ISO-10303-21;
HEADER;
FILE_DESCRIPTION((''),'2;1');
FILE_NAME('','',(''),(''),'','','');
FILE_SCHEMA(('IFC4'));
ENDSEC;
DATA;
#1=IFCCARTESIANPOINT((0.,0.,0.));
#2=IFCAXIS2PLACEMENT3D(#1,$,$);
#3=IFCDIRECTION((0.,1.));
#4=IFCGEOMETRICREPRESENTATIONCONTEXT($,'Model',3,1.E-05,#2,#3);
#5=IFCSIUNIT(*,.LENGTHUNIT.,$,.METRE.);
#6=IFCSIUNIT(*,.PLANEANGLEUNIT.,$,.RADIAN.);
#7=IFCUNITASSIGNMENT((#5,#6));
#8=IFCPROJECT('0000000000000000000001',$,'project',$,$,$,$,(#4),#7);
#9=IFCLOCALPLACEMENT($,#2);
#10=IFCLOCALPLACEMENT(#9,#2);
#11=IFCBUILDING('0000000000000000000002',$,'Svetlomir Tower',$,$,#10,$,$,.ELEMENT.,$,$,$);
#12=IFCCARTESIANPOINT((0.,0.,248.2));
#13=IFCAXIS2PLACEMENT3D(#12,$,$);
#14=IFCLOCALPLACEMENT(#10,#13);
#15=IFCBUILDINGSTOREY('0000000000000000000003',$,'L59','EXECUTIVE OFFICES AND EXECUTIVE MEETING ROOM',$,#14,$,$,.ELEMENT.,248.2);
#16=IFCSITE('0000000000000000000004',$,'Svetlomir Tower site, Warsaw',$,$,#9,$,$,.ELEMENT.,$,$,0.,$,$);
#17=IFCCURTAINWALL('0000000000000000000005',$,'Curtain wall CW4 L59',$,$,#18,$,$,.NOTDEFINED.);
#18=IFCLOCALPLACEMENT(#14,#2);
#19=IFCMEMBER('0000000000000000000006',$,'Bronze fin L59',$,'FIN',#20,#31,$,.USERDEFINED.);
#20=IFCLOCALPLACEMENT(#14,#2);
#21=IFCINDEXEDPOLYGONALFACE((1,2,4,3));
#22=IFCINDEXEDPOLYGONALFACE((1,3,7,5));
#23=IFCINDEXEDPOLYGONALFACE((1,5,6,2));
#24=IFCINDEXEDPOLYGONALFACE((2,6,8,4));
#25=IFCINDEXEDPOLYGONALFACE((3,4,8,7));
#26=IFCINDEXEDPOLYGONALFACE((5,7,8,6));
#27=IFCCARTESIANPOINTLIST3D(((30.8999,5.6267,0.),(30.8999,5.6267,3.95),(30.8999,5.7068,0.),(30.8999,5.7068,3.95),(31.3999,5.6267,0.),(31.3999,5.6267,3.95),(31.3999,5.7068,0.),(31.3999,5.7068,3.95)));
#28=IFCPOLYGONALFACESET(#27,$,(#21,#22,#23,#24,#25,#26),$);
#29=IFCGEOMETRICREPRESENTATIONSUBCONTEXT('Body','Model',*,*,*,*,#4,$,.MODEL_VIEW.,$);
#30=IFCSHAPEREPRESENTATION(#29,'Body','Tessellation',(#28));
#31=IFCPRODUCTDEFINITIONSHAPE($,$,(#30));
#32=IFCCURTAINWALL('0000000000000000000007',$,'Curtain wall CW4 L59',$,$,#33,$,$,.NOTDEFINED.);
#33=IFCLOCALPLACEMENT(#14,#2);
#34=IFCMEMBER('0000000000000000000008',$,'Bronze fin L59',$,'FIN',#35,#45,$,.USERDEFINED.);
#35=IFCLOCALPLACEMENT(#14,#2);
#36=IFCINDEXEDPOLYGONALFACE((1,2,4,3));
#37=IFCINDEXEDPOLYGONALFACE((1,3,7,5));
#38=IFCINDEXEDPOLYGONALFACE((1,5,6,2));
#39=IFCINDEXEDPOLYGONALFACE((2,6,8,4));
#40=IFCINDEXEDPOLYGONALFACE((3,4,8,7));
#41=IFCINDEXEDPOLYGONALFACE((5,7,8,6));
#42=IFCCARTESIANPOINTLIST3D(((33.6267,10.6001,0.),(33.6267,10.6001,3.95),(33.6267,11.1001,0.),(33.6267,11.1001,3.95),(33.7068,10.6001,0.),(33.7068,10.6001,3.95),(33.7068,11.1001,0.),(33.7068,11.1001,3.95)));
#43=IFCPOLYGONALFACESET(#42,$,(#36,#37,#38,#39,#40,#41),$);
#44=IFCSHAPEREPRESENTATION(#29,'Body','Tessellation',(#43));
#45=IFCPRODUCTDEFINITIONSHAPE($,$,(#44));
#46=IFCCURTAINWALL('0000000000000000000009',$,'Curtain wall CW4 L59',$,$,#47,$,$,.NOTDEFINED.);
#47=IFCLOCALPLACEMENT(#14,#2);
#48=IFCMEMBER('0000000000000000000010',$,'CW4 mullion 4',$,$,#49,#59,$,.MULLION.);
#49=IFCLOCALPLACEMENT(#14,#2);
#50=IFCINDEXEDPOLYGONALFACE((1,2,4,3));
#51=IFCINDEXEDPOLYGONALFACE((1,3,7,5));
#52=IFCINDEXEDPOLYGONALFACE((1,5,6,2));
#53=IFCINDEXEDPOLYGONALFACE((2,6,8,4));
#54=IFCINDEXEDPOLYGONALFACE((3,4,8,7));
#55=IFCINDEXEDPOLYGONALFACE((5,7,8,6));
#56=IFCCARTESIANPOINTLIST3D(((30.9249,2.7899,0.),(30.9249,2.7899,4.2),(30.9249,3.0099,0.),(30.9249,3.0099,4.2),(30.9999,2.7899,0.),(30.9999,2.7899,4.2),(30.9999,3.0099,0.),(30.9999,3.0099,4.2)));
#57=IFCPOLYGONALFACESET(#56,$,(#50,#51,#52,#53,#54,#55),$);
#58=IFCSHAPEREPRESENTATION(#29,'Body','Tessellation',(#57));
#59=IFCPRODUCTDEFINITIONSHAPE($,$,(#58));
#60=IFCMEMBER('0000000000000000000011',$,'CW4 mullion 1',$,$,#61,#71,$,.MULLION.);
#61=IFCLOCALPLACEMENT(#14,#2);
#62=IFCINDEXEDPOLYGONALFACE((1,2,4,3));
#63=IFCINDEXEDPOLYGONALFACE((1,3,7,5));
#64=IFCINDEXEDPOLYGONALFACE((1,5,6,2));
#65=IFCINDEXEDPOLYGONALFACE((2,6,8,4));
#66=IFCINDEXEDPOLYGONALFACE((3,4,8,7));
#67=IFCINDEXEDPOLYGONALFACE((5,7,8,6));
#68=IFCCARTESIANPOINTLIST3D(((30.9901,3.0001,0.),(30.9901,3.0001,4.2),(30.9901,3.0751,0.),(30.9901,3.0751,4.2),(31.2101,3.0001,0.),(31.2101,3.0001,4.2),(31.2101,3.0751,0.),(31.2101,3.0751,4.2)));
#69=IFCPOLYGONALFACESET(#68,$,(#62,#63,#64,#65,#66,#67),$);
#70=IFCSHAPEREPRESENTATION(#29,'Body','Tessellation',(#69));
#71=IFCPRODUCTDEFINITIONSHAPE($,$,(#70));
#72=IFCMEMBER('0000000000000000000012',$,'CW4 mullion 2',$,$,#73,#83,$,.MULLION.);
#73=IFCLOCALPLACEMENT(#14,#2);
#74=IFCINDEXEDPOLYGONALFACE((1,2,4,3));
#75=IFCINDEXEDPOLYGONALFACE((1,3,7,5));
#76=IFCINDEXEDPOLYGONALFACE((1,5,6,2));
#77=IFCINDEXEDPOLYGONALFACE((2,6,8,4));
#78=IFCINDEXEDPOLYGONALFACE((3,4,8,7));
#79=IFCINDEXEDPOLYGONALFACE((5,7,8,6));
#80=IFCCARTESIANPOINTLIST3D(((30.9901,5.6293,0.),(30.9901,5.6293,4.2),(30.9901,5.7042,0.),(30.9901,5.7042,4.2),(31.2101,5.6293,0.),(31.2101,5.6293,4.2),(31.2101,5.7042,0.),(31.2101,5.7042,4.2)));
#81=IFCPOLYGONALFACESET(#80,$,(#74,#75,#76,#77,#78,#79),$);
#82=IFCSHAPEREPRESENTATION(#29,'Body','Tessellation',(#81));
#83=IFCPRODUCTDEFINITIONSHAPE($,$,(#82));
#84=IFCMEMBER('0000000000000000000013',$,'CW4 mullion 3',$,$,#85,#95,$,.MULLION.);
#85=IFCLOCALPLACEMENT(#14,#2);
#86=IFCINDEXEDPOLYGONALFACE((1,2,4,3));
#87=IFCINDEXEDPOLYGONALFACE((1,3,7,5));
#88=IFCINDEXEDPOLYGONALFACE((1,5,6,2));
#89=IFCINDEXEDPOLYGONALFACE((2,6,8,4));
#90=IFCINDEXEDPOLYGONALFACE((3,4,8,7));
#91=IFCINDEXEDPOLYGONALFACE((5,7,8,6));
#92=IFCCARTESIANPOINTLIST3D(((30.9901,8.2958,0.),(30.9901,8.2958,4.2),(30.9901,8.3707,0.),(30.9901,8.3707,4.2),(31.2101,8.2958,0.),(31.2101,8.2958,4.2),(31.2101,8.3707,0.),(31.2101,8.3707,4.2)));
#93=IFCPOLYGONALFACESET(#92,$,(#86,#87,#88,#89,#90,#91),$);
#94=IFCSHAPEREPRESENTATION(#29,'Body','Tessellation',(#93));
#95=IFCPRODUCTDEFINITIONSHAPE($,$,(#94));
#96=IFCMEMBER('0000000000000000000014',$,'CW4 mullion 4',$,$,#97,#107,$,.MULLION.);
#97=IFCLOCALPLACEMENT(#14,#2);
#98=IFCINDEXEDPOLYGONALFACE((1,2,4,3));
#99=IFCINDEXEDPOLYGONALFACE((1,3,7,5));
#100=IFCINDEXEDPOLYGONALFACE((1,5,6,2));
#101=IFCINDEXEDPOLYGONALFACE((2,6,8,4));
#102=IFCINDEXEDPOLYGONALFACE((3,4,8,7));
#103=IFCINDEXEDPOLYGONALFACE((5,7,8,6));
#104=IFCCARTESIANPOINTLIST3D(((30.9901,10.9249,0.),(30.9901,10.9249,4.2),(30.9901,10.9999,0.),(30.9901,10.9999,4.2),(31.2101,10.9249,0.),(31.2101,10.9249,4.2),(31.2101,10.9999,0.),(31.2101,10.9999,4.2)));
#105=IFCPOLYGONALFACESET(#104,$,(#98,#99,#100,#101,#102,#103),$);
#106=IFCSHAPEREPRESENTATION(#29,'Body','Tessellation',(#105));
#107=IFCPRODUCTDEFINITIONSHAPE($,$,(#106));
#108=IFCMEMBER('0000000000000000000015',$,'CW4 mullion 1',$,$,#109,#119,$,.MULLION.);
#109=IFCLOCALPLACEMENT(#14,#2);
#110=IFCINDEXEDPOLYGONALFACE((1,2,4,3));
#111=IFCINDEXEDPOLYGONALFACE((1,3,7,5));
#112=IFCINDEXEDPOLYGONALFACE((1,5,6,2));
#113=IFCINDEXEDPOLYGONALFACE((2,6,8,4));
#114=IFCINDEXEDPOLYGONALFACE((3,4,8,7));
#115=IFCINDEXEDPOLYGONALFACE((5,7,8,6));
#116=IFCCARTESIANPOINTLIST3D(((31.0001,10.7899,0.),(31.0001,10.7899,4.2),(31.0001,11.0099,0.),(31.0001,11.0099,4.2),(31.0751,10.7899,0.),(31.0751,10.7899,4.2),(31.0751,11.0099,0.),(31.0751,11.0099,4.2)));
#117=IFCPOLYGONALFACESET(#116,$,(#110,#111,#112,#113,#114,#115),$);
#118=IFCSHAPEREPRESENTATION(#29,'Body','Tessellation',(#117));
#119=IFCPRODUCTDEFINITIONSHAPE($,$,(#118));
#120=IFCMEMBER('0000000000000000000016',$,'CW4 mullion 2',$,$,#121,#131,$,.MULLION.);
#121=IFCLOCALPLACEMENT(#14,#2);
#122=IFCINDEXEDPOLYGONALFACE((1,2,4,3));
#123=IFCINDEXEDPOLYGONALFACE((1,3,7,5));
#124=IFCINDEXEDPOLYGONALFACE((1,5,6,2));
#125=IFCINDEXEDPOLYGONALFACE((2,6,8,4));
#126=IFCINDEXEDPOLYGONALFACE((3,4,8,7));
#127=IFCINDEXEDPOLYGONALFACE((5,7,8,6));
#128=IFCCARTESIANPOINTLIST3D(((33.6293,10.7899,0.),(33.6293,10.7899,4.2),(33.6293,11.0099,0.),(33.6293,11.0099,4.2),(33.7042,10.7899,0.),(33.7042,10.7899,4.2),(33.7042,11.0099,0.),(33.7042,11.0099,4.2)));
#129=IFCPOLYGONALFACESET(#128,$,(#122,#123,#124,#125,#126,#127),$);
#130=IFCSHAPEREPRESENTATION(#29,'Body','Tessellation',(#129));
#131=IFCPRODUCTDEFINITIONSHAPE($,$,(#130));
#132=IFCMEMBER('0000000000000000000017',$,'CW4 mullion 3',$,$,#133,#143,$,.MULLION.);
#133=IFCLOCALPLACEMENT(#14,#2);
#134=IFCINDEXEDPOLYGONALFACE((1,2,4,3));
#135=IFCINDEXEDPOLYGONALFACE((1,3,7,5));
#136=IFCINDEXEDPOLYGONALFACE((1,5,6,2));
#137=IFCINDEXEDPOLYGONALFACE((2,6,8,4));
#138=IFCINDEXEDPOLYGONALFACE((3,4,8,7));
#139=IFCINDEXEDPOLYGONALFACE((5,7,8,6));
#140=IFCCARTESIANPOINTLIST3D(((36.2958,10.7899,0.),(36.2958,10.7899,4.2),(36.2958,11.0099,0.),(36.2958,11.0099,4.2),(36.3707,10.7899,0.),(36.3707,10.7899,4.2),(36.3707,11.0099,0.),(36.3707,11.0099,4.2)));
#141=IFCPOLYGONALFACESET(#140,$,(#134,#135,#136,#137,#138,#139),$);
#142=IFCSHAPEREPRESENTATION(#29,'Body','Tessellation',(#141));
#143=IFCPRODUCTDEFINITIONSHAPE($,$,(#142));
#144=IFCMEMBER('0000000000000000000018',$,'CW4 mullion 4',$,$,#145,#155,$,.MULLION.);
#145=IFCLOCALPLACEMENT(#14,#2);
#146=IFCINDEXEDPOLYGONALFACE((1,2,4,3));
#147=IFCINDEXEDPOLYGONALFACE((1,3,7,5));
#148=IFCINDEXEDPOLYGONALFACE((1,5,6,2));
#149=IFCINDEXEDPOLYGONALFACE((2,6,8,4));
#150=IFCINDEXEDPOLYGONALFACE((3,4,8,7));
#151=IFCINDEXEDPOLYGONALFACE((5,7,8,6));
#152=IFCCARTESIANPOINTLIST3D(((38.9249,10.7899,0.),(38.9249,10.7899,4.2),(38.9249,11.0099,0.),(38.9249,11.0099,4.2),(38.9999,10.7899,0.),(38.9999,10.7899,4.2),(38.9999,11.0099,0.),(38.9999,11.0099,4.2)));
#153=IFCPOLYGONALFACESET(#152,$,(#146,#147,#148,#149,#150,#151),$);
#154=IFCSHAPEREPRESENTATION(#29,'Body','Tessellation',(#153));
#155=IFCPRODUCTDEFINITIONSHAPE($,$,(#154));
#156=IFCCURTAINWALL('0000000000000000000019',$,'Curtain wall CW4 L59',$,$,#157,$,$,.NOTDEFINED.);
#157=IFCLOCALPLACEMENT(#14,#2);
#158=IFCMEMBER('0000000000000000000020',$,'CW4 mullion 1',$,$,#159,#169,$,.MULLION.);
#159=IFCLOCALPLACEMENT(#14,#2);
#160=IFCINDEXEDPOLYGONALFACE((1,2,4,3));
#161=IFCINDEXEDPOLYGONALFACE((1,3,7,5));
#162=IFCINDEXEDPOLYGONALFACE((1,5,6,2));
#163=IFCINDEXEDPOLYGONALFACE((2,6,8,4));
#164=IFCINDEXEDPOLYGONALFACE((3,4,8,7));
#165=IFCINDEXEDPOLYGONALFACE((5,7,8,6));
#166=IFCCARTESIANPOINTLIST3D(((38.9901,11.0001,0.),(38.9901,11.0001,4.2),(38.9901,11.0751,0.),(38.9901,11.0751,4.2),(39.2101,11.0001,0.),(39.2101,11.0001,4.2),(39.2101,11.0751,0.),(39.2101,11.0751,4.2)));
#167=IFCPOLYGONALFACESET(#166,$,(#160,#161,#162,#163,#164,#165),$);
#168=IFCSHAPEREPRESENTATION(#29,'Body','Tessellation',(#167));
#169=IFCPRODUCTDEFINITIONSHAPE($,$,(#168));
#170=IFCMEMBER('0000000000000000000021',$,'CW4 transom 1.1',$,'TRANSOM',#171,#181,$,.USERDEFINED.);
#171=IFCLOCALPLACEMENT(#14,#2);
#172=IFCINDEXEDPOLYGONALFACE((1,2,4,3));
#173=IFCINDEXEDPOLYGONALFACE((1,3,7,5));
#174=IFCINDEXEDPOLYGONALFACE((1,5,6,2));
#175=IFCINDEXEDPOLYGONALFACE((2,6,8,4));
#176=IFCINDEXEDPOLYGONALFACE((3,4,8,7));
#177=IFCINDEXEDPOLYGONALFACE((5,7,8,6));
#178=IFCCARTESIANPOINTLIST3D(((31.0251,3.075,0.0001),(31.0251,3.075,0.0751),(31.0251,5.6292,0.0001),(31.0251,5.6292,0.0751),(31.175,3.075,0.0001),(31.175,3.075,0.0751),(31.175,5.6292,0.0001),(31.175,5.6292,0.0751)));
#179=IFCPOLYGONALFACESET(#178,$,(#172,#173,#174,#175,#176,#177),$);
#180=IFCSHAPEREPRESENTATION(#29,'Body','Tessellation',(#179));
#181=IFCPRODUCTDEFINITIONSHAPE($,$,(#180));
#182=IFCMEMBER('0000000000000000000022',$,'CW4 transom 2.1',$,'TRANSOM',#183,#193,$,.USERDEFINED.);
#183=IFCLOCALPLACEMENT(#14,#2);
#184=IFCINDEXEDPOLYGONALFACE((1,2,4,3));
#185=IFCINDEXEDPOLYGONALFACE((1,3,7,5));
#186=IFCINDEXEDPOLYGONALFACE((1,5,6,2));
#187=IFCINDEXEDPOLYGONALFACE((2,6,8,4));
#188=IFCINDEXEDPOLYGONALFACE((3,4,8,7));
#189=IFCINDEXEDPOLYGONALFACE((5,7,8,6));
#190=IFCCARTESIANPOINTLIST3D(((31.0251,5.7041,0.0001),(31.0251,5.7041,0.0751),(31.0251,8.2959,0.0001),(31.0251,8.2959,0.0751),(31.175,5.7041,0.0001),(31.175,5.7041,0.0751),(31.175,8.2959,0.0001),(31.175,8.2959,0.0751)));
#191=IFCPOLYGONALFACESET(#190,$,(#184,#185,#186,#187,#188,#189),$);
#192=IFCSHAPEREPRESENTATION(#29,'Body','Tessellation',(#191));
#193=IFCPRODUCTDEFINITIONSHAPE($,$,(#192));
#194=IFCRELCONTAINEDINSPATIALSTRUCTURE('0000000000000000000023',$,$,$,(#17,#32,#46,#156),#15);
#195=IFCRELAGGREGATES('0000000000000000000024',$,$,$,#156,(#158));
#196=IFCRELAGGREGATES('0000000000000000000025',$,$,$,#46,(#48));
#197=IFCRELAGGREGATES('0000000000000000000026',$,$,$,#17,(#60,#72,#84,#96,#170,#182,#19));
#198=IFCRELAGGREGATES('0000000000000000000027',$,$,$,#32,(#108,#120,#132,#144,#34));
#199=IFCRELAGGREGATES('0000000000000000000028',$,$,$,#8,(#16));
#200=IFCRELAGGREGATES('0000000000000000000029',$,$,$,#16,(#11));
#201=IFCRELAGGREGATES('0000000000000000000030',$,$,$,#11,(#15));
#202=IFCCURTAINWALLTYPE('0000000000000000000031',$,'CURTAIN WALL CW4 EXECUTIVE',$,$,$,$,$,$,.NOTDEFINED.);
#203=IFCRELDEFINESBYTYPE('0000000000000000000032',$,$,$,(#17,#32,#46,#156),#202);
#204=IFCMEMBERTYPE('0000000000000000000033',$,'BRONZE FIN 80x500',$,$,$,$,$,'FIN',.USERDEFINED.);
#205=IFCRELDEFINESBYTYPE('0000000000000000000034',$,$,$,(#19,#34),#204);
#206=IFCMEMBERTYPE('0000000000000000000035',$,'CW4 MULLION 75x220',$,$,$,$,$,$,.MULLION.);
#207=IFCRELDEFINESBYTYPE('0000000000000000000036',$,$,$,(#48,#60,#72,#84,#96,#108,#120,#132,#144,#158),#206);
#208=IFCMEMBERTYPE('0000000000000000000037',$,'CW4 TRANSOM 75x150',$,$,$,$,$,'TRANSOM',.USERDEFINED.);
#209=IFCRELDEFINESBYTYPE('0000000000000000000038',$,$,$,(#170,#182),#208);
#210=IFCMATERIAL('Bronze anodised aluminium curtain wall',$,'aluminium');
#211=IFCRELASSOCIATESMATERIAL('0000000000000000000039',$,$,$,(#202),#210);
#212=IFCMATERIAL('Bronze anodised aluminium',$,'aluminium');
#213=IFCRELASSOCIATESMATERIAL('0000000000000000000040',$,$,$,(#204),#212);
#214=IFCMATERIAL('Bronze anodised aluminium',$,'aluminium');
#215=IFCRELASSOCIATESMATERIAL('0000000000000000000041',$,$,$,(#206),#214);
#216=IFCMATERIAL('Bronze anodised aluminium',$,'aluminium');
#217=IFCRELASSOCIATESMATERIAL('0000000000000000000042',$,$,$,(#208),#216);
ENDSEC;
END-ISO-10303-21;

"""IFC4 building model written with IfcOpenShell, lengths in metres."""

from ifc_helpers import new_model, si_unit, direction, frame, origin, origin_2d, place, context, subcontext, project, spatial, rectangle, extrude, material, material_profile, profile_set, type_object, element, aggregate, save


model = new_model("IFC4")

# Units and contexts
model_context = context("Model", 3, precision=1e-05, world=origin(), true_north=direction((0.0, 1.0)))
body_context = subcontext(model_context, "Body", "Model", "MODEL_VIEW")
ifc_project = project(units=[si_unit("LENGTHUNIT", "METRE"), si_unit("PLANEANGLEUNIT", "RADIAN")], contexts=[model_context])

# Site, building, storey
site_placement = place(None, origin())
site = spatial("IfcSite", under=ifc_project, at=site_placement, Name="Svetlomir Tower site, Warsaw", CompositionType="ELEMENT", RefElevation=0.0)
building_placement = place(site_placement, origin())
building = spatial("IfcBuilding", under=site, at=building_placement, Name="Svetlomir Tower", CompositionType="ELEMENT")
storey_placement = place(building_placement, frame((0.0, 0.0, 248.2)))
storey = spatial("IfcBuildingStorey", under=building, at=storey_placement, Name="L59", Description="EXECUTIVE OFFICES AND EXECUTIVE MEETING ROOM", CompositionType="ELEMENT", Elevation=248.2)

# Curtain walls, members
ifc_material_1 = material(Name="Bronze anodised aluminium curtain wall", Category="aluminium")
curtain_wall_type = type_object("IfcCurtainWallType", Name="CURTAIN WALL CW4 EXECUTIVE", PredefinedType="NOTDEFINED", material=ifc_material_1)
curtain_wall_1_placement = place(storey_placement, origin())
curtain_wall_1 = element("IfcCurtainWall", 1, at=curtain_wall_1_placement, inside=storey, type_object=curtain_wall_type, Name="Curtain wall CW4 L59", PredefinedType="NOTDEFINED")
ifc_material_2 = material(Name="Bronze anodised aluminium", Category="aluminium")
ifc_material_profile_1 = material_profile(ifc_material_2, rectangle(XDim=0.0801, YDim=0.5, at=origin_2d()), Name="FIN 80x500")
ifc_profile_set_1 = profile_set([ifc_material_profile_1], Name="Bronze anodised aluminium 6063-T6")
member_type_1 = type_object("IfcMemberType", Name="BRONZE FIN 80x500", ElementType="FIN", PredefinedType="USERDEFINED", material=ifc_profile_set_1)
member_1_placement = place(storey_placement, frame((31.1499, 5.6667, 0.0), z_axis=(0.0, 0.0, 1.0), x_axis=(0.0, 1.0, 0.0)))
member_1 = element("IfcMember", 2, at=member_1_placement, type_object=member_type_1, Name="Bronze fin L59", ObjectType="FIN", PredefinedType="USERDEFINED", context=body_context, shape_type="SweptSolid", body=[
    extrude(rectangle(XDim=0.0801, YDim=0.5, at=origin_2d()), origin(), (0.0, 0.0, 1.0), 3.95),
])
curtain_wall_2_placement = place(storey_placement, origin())
curtain_wall_2 = element("IfcCurtainWall", 3, at=curtain_wall_2_placement, inside=storey, type_object=curtain_wall_type, Name="Curtain wall CW4 L59", PredefinedType="NOTDEFINED")
member_2_placement = place(storey_placement, frame((33.6667, 10.8501, 0.0), z_axis=(0.0, 0.0, 1.0), x_axis=(1.0, 0.0, 0.0)))
member_2 = element("IfcMember", 4, at=member_2_placement, type_object=member_type_1, Name="Bronze fin L59", ObjectType="FIN", PredefinedType="USERDEFINED", context=body_context, shape_type="SweptSolid", body=[
    extrude(rectangle(XDim=0.0801, YDim=0.5, at=origin_2d()), origin(), (0.0, 0.0, 1.0), 3.95),
])
curtain_wall_3_placement = place(storey_placement, origin())
curtain_wall_3 = element("IfcCurtainWall", 5, at=curtain_wall_3_placement, inside=storey, type_object=curtain_wall_type, Name="Curtain wall CW4 L59", PredefinedType="NOTDEFINED")
ifc_material_3 = material(Name="Bronze anodised aluminium", Category="aluminium")
ifc_material_profile_2 = material_profile(ifc_material_3, rectangle(XDim=0.075, YDim=0.22, at=origin_2d()), Name="AL 75x220")
ifc_profile_set_2 = profile_set([ifc_material_profile_2], Name="Bronze anodised aluminium 6063-T6")
member_type_2 = type_object("IfcMemberType", Name="CW4 MULLION 75x220", PredefinedType="MULLION", material=ifc_profile_set_2)
member_3_placement = place(storey_placement, frame((30.9624, 2.8999, 0.0), z_axis=(0.0, 0.0, 1.0), x_axis=(1.0, 0.0, 0.0)))
member_3 = element("IfcMember", 6, at=member_3_placement, type_object=member_type_2, Name="CW4 mullion 4", PredefinedType="MULLION", context=body_context, shape_type="SweptSolid", body=[
    extrude(rectangle(XDim=0.075, YDim=0.22, at=origin_2d()), origin(), (0.0, 0.0, 1.0), 4.2),
])

# Members
member_4_placement = place(storey_placement, frame((31.1001, 3.0376, 0.0), z_axis=(0.0, 0.0, 1.0), x_axis=(0.0, 1.0, 0.0)))
member_4 = element("IfcMember", 7, at=member_4_placement, type_object=member_type_2, Name="CW4 mullion 1", PredefinedType="MULLION", context=body_context, shape_type="SweptSolid", body=[
    extrude(rectangle(XDim=0.075, YDim=0.22, at=origin_2d()), origin(), (0.0, 0.0, 1.0), 4.2),
])
member_5_placement = place(storey_placement, frame((31.1001, 5.6667, 0.0), z_axis=(0.0, 0.0, 1.0), x_axis=(0.0, 1.0, 0.0)))
member_5 = element("IfcMember", 8, at=member_5_placement, type_object=member_type_2, Name="CW4 mullion 2", PredefinedType="MULLION", context=body_context, shape_type="SweptSolid", body=[
    extrude(rectangle(XDim=0.075, YDim=0.22, at=origin_2d()), origin(), (0.0, 0.0, 1.0), 4.2),
])
member_6_placement = place(storey_placement, frame((31.1001, 8.3333, 0.0), z_axis=(0.0, 0.0, 1.0), x_axis=(0.0, 1.0, 0.0)))
member_6 = element("IfcMember", 9, at=member_6_placement, type_object=member_type_2, Name="CW4 mullion 3", PredefinedType="MULLION", context=body_context, shape_type="SweptSolid", body=[
    extrude(rectangle(XDim=0.075, YDim=0.22, at=origin_2d()), origin(), (0.0, 0.0, 1.0), 4.2),
])
member_7_placement = place(storey_placement, frame((31.1001, 10.9624, 0.0), z_axis=(0.0, 0.0, 1.0), x_axis=(0.0, 1.0, 0.0)))
member_7 = element("IfcMember", 10, at=member_7_placement, type_object=member_type_2, Name="CW4 mullion 4", PredefinedType="MULLION", context=body_context, shape_type="SweptSolid", body=[
    extrude(rectangle(XDim=0.075, YDim=0.22, at=origin_2d()), origin(), (0.0, 0.0, 1.0), 4.2),
])
member_8_placement = place(storey_placement, frame((31.0376, 10.8999, 0.0), z_axis=(0.0, 0.0, 1.0), x_axis=(1.0, 0.0, 0.0)))
member_8 = element("IfcMember", 11, at=member_8_placement, type_object=member_type_2, Name="CW4 mullion 1", PredefinedType="MULLION", context=body_context, shape_type="SweptSolid", body=[
    extrude(rectangle(XDim=0.075, YDim=0.22, at=origin_2d()), origin(), (0.0, 0.0, 1.0), 4.2),
])
member_9_placement = place(storey_placement, frame((33.6667, 10.8999, 0.0), z_axis=(0.0, 0.0, 1.0), x_axis=(1.0, 0.0, 0.0)))
member_9 = element("IfcMember", 12, at=member_9_placement, type_object=member_type_2, Name="CW4 mullion 2", PredefinedType="MULLION", context=body_context, shape_type="SweptSolid", body=[
    extrude(rectangle(XDim=0.075, YDim=0.22, at=origin_2d()), origin(), (0.0, 0.0, 1.0), 4.2),
])
member_10_placement = place(storey_placement, frame((36.3333, 10.8999, 0.0), z_axis=(0.0, 0.0, 1.0), x_axis=(1.0, 0.0, 0.0)))
member_10 = element("IfcMember", 13, at=member_10_placement, type_object=member_type_2, Name="CW4 mullion 3", PredefinedType="MULLION", context=body_context, shape_type="SweptSolid", body=[
    extrude(rectangle(XDim=0.075, YDim=0.22, at=origin_2d()), origin(), (0.0, 0.0, 1.0), 4.2),
])
member_11_placement = place(storey_placement, frame((38.9624, 10.8999, 0.0), z_axis=(0.0, 0.0, 1.0), x_axis=(1.0, 0.0, 0.0)))
member_11 = element("IfcMember", 14, at=member_11_placement, type_object=member_type_2, Name="CW4 mullion 4", PredefinedType="MULLION", context=body_context, shape_type="SweptSolid", body=[
    extrude(rectangle(XDim=0.075, YDim=0.22, at=origin_2d()), origin(), (0.0, 0.0, 1.0), 4.2),
])

# Curtain wall, member
curtain_wall_4_placement = place(storey_placement, origin())
curtain_wall_4 = element("IfcCurtainWall", 15, at=curtain_wall_4_placement, inside=storey, type_object=curtain_wall_type, Name="Curtain wall CW4 L59", PredefinedType="NOTDEFINED")
member_12_placement = place(storey_placement, frame((39.1001, 11.0376, 0.0), z_axis=(0.0, 0.0, 1.0), x_axis=(0.0, 1.0, 0.0)))
member_12 = element("IfcMember", 16, at=member_12_placement, type_object=member_type_2, Name="CW4 mullion 1", PredefinedType="MULLION", context=body_context, shape_type="SweptSolid", body=[
    extrude(rectangle(XDim=0.075, YDim=0.22, at=origin_2d()), origin(), (0.0, 0.0, 1.0), 4.2),
])
aggregate(curtain_wall_4, [member_12])

# Members
ifc_material_4 = material(Name="Bronze anodised aluminium", Category="aluminium")
ifc_material_profile_3 = material_profile(ifc_material_4, rectangle(XDim=0.1499, YDim=0.075, at=origin_2d()), Name="AL 150x75")
ifc_profile_set_3 = profile_set([ifc_material_profile_3], Name="Bronze anodised aluminium 6063-T6")
member_type_3 = type_object("IfcMemberType", Name="CW4 TRANSOM 75x150", ElementType="TRANSOM", PredefinedType="USERDEFINED", material=ifc_profile_set_3)
member_13_placement = place(storey_placement, frame((31.1001, 3.075, 0.0376), z_axis=(0.0, 1.0, 0.0), x_axis=(-1.0, 0.0, 0.0)))
member_13 = element("IfcMember", 17, at=member_13_placement, type_object=member_type_3, Name="CW4 transom 1.1", ObjectType="TRANSOM", PredefinedType="USERDEFINED", context=body_context, shape_type="SweptSolid", body=[
    extrude(rectangle(XDim=0.1499, YDim=0.075, at=origin_2d()), origin(), (0.0, 0.0, 1.0), 2.5542),
])
member_14_placement = place(storey_placement, frame((31.1001, 5.7041, 0.0376), z_axis=(0.0, 1.0, 0.0), x_axis=(-1.0, 0.0, 0.0)))
member_14 = element("IfcMember", 18, at=member_14_placement, type_object=member_type_3, Name="CW4 transom 2.1", ObjectType="TRANSOM", PredefinedType="USERDEFINED", context=body_context, shape_type="SweptSolid", body=[
    extrude(rectangle(XDim=0.1499, YDim=0.075, at=origin_2d()), origin(), (0.0, 0.0, 1.0), 2.5918),
])

aggregate(curtain_wall_3, [member_3])
aggregate(curtain_wall_1, [member_4, member_5, member_6, member_7, member_13, member_14, member_1])
aggregate(curtain_wall_2, [member_8, member_9, member_10, member_11, member_2])

save(model, "model.ifc")
